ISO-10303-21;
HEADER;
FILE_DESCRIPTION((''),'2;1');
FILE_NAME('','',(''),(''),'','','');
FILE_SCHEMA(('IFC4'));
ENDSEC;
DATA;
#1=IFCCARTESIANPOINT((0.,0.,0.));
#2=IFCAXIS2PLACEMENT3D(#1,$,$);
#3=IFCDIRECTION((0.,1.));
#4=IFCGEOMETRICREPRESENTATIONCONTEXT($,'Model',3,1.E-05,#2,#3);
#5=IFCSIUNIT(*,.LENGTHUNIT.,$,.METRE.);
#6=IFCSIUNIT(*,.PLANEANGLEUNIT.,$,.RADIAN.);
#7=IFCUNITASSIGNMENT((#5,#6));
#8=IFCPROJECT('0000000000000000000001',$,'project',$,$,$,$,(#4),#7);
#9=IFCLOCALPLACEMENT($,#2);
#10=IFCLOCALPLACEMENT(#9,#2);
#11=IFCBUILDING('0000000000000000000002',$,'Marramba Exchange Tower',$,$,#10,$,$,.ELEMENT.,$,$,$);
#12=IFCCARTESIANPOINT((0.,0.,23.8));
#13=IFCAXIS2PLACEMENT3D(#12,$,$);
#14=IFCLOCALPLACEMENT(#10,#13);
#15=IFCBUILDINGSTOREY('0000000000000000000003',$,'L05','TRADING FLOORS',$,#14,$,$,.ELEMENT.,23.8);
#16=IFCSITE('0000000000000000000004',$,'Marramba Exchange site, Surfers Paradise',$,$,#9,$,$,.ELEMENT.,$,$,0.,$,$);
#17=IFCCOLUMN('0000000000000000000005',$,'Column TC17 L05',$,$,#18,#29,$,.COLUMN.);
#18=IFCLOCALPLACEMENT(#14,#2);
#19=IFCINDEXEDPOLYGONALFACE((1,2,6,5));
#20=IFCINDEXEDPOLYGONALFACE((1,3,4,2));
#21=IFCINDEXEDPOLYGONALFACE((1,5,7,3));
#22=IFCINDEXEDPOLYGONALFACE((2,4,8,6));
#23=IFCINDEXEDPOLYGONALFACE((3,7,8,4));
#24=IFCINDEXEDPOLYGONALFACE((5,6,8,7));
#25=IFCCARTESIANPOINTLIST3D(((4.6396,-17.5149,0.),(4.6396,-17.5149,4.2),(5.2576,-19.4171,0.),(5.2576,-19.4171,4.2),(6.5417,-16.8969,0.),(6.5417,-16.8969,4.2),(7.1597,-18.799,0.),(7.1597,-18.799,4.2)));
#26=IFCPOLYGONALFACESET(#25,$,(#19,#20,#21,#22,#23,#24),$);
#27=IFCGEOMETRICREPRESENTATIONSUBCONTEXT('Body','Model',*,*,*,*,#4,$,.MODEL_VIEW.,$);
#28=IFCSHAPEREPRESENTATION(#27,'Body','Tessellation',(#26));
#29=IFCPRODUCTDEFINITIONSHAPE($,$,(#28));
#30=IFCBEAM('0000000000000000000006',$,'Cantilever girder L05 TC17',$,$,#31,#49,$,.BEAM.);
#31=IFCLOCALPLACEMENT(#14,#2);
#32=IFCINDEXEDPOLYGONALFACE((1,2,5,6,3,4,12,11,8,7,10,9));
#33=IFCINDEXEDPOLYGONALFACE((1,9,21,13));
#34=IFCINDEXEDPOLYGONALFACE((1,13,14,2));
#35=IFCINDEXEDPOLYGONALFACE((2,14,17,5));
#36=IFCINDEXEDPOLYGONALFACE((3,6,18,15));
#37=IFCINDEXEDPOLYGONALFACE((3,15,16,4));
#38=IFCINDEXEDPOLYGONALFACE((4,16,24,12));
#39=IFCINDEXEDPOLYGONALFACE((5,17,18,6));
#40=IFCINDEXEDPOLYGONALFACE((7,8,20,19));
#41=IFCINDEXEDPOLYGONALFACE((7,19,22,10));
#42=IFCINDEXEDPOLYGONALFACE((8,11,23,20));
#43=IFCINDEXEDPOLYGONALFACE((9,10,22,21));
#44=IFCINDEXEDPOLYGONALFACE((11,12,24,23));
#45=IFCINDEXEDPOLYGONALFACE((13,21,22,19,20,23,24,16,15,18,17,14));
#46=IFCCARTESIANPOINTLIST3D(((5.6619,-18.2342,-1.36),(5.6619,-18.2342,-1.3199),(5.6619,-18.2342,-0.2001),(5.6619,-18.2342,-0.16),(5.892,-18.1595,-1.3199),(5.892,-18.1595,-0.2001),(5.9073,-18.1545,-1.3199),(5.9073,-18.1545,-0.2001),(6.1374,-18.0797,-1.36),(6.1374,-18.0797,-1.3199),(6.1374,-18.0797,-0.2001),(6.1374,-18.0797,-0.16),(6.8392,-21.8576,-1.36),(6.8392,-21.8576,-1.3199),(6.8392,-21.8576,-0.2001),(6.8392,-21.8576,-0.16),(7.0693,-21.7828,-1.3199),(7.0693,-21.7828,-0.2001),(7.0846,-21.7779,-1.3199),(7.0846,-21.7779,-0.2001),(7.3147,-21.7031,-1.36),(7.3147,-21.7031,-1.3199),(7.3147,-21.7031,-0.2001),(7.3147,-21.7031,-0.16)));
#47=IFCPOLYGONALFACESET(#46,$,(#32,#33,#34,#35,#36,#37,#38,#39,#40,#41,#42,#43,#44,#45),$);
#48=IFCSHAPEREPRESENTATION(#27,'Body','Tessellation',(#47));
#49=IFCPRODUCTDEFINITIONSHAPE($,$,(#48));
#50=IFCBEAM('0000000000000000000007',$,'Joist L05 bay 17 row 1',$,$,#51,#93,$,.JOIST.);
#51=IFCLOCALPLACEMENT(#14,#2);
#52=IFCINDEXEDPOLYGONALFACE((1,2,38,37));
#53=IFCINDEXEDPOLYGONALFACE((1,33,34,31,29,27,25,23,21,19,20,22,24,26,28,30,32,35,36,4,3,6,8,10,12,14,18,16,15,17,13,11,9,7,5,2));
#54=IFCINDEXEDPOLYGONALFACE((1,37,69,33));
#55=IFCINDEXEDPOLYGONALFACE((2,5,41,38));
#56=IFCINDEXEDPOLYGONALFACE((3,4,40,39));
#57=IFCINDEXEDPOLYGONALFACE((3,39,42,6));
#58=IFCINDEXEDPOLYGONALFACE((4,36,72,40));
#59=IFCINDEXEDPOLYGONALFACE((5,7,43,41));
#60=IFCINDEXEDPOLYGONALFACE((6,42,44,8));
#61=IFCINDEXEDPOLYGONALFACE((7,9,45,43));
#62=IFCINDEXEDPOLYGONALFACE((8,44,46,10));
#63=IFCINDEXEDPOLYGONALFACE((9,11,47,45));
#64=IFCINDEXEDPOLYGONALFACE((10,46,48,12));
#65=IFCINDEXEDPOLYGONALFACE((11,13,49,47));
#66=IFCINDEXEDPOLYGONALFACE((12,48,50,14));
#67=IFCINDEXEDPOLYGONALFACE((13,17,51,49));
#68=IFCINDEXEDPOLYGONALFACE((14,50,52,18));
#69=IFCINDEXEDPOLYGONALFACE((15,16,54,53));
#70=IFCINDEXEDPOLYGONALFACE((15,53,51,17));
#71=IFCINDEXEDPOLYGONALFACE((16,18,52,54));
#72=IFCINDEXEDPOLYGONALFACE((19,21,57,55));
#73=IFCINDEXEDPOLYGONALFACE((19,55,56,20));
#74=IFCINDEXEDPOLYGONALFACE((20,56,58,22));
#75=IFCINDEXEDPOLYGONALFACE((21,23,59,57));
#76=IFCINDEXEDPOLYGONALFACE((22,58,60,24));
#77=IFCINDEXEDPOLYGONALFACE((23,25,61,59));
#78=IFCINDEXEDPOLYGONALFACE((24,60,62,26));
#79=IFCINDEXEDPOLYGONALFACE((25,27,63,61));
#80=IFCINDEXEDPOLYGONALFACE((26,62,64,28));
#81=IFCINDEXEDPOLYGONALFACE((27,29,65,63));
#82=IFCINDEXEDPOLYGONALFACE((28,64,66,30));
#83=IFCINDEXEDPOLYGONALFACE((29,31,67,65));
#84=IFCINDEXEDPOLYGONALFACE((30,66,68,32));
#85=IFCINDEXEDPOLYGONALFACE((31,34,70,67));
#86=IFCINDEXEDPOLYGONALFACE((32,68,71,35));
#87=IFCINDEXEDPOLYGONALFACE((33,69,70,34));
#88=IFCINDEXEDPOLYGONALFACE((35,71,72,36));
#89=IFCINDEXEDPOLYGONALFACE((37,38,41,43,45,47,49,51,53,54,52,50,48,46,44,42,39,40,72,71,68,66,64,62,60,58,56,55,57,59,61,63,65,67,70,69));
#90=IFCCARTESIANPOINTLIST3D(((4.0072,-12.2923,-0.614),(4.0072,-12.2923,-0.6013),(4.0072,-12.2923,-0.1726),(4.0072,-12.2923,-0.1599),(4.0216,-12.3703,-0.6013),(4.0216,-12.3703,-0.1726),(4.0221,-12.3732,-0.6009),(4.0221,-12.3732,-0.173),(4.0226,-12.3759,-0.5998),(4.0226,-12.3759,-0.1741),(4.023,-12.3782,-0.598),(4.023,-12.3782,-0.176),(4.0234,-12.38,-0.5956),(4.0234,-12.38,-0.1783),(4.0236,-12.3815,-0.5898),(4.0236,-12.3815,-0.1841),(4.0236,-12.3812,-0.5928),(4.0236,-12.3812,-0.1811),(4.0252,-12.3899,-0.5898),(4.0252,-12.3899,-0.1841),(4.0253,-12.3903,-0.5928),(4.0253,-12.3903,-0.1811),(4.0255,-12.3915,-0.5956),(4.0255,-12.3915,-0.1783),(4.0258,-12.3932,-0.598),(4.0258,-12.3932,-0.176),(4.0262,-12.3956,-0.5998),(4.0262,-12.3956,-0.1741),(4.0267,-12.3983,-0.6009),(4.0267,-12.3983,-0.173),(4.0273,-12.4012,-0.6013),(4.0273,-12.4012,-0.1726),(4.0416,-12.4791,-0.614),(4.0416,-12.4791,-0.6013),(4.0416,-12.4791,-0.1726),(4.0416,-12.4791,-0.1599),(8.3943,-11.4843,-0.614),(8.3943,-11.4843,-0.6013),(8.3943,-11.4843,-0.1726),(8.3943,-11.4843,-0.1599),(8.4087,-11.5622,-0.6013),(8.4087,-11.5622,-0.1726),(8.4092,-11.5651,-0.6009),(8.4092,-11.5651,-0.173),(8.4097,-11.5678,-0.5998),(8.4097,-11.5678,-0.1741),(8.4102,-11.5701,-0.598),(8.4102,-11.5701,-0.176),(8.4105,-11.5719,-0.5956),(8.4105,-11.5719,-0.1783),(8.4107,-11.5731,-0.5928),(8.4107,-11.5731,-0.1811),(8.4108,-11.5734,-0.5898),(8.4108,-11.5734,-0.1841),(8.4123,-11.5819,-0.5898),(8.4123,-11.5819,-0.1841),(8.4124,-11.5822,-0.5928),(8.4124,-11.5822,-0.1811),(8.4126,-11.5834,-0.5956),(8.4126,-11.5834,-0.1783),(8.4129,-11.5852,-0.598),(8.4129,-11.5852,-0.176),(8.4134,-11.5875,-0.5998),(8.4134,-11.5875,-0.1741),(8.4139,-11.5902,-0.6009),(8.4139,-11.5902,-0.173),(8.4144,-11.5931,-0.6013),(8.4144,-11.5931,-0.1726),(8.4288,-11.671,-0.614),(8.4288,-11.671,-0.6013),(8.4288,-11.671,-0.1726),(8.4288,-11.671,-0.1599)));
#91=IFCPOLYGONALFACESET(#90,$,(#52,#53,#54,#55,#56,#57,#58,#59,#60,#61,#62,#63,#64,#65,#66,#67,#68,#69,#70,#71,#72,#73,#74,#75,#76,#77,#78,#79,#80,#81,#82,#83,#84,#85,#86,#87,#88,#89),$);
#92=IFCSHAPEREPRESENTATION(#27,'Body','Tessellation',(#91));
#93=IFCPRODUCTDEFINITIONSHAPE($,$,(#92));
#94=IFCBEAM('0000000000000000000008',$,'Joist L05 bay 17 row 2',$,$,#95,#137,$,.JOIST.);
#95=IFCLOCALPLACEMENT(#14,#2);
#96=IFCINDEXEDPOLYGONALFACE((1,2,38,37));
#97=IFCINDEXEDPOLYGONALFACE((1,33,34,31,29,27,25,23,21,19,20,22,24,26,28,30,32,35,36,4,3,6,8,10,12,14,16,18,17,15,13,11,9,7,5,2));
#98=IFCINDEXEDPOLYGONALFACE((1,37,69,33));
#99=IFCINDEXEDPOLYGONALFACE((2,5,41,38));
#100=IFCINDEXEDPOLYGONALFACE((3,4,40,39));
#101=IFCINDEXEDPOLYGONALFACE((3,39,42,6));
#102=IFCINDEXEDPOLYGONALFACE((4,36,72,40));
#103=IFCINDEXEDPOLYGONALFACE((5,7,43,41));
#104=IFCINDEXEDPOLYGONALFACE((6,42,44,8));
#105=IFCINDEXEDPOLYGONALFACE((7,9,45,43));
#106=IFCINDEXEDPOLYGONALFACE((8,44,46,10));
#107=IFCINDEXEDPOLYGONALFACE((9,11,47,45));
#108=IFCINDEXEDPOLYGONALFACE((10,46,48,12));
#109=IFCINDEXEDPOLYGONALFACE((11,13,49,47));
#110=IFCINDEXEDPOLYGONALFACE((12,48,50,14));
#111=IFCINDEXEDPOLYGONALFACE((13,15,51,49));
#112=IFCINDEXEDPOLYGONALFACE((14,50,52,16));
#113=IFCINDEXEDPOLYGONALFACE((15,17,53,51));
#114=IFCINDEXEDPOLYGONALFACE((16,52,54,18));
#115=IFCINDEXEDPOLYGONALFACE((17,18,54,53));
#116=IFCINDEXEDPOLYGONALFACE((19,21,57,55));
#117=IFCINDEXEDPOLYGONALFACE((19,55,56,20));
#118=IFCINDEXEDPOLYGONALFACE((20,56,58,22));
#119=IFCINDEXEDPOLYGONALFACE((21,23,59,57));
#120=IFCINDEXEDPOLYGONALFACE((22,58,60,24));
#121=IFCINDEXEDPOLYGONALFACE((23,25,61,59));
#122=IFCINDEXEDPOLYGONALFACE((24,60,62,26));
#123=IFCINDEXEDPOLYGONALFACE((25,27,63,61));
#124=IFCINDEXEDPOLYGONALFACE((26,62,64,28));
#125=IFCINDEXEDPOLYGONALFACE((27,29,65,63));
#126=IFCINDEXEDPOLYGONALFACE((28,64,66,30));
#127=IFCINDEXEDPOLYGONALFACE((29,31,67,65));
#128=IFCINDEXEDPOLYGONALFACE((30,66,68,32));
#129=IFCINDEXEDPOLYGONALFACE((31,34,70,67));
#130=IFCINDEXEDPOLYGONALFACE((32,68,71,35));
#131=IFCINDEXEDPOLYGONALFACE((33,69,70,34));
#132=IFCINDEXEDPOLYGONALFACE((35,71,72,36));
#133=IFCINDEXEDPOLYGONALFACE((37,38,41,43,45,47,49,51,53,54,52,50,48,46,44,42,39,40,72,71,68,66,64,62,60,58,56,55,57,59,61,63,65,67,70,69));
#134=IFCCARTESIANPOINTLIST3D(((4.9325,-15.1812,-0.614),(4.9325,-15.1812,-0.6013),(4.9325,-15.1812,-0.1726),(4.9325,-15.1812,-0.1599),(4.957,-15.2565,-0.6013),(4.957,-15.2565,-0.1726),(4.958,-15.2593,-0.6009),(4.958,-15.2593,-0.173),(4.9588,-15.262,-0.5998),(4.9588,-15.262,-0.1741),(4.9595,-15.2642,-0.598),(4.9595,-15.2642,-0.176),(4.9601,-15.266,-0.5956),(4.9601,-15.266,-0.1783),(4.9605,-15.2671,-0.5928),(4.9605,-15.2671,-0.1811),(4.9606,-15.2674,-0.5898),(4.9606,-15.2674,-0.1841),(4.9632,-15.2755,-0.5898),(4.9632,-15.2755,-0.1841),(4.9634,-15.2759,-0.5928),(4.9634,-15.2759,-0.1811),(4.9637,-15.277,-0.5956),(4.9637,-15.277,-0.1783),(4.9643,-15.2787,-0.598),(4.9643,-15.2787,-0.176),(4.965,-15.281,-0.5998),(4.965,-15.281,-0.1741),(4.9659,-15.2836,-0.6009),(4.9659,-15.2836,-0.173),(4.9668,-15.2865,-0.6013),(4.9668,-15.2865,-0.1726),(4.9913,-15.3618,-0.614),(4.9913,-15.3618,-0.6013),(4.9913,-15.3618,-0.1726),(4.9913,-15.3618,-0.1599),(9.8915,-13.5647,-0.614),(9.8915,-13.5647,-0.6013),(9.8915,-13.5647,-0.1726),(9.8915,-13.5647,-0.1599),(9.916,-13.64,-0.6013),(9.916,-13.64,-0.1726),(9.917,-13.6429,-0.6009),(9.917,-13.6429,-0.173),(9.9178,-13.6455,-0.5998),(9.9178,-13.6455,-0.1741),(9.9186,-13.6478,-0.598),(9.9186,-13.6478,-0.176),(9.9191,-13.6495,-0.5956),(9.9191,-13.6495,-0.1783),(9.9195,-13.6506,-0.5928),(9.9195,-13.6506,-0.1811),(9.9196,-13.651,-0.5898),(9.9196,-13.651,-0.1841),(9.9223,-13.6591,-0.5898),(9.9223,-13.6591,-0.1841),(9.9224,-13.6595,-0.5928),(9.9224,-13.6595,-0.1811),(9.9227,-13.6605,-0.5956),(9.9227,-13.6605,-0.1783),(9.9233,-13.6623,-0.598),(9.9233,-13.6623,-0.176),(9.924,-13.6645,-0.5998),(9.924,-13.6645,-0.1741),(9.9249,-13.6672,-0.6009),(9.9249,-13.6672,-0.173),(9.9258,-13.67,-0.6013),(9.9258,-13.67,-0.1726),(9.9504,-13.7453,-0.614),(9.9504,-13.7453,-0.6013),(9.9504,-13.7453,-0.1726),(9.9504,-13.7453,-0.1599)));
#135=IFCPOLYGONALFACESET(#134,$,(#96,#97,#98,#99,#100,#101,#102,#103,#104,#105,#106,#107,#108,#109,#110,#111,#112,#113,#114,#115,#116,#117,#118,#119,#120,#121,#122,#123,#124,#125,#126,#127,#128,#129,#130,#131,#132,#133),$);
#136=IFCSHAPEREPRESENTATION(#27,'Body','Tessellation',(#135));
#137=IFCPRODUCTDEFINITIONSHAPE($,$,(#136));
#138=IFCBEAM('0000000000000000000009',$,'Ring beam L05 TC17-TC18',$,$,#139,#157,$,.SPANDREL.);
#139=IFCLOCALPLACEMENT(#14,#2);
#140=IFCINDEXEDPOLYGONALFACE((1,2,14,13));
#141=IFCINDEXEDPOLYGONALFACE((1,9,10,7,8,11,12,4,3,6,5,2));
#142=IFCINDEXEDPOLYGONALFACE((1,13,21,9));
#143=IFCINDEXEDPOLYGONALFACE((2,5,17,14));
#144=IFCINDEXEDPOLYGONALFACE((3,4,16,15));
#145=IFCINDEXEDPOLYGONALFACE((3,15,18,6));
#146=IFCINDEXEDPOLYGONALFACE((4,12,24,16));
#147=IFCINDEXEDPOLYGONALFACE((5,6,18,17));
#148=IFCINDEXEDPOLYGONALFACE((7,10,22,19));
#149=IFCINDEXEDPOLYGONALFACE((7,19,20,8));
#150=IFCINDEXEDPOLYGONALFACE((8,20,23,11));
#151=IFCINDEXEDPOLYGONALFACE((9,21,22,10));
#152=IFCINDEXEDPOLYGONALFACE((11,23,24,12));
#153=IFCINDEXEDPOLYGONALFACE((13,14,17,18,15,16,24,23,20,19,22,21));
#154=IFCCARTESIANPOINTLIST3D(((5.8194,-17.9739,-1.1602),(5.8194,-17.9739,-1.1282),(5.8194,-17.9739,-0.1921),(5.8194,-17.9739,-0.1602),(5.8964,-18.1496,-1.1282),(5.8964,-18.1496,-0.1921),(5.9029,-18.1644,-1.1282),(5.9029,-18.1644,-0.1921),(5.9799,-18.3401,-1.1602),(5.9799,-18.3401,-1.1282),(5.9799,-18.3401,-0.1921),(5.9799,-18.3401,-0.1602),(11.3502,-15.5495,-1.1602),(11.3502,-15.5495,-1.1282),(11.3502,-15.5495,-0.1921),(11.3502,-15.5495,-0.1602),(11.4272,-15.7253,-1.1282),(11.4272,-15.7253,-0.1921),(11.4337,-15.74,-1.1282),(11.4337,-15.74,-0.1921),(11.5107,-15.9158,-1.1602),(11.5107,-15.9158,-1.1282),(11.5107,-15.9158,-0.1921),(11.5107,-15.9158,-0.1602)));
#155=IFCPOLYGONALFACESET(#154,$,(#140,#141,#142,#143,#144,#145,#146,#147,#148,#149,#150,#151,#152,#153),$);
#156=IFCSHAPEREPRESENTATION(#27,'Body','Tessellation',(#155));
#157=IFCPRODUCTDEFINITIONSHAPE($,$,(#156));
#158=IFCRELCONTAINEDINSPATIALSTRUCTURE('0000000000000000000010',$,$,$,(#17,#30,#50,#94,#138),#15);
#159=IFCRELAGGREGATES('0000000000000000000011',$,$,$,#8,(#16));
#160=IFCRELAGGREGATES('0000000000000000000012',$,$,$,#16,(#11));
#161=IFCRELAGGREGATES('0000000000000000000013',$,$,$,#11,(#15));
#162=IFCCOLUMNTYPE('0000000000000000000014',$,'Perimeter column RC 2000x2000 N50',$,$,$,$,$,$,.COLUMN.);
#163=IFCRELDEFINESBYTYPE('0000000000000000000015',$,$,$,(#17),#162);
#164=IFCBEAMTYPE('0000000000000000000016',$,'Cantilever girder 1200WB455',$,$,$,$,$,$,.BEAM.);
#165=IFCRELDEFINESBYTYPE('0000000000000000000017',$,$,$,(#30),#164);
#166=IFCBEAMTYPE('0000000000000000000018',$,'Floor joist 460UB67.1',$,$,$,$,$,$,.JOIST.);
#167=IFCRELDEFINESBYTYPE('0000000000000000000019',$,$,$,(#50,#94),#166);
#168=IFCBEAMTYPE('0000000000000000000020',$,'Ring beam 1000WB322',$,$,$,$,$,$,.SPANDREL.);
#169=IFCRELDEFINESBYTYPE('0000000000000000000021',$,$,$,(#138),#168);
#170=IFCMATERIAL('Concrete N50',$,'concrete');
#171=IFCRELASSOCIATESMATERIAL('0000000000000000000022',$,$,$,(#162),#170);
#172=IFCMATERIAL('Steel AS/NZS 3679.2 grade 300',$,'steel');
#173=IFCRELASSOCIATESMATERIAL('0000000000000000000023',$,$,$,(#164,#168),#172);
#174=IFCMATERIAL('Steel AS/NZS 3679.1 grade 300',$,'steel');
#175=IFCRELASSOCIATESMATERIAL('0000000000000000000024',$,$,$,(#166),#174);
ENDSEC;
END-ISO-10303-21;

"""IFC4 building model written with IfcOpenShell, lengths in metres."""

from ifc_helpers import new_model, si_unit, direction, frame, origin, origin_2d, place, context, subcontext, project, spatial, rectangle, i_section, extrude, material, material_profile, profile_set, type_object, element, save


model = new_model("IFC4")

# Units and contexts
model_context = context("Model", 3, precision=1e-05, world=origin(), true_north=direction((0.0, 1.0)))
body_context = subcontext(model_context, "Body", "Model", "MODEL_VIEW")
ifc_project = project(units=[si_unit("LENGTHUNIT", "METRE"), si_unit("PLANEANGLEUNIT", "RADIAN")], contexts=[model_context])

# Site, building, storey
site_placement = place(None, origin())
site = spatial("IfcSite", under=ifc_project, at=site_placement, Name="Marramba Exchange site, Surfers Paradise", CompositionType="ELEMENT", RefElevation=0.0)
building_placement = place(site_placement, origin())
building = spatial("IfcBuilding", under=site, at=building_placement, Name="Marramba Exchange Tower", CompositionType="ELEMENT")
storey_placement = place(building_placement, frame((0.0, 0.0, 23.8)))
storey = spatial("IfcBuildingStorey", under=building, at=storey_placement, Name="L05", Description="TRADING FLOORS", CompositionType="ELEMENT", Elevation=23.8)

# Column
ifc_material_1 = material(Name="Concrete N50", Category="concrete")
ifc_material_profile_1 = material_profile(ifc_material_1, rectangle(XDim=2.0, YDim=2.0, at=origin_2d()), Name="RC 2000x2000")
ifc_profile_set_1 = profile_set([ifc_material_profile_1], Name="Concrete N50")
column_type = type_object("IfcColumnType", Name="Perimeter column RC 2000x2000 N50", PredefinedType="COLUMN", material=ifc_profile_set_1)
column_placement = place(storey_placement, frame((5.8997, -18.157, 0.0), z_axis=(0.0, 0.0, 1.0), x_axis=(0.309017, -0.951057, 0.0)))
element("IfcColumn", 1, at=column_placement, inside=storey, type_object=column_type, Name="Column TC17 L05", PredefinedType="COLUMN", context=body_context, shape_type="SweptSolid", body=[
    extrude(rectangle(XDim=2.0, YDim=2.0, at=origin_2d()), origin(), (0.0, 0.0, 1.0), 4.2),
])

# Beams
ifc_material_2 = material(Name="Steel AS/NZS 3679.2 grade 300", Category="steel")
ifc_material_profile_2 = material_profile(ifc_material_2, i_section(OverallWidth=0.5, OverallDepth=1.2, WebThickness=0.0161, FlangeThickness=0.04, at=origin_2d()), Name="1200WB455")
ifc_profile_set_2 = profile_set([ifc_material_profile_2], Name="Steel AS/NZS 3679.2 grade 300")
beam_type_1 = type_object("IfcBeamType", Name="Cantilever girder 1200WB455", PredefinedType="BEAM", material=ifc_profile_set_2)
beam_1_placement = place(storey_placement, frame((5.8997, -18.157, -0.76), z_axis=(0.309009, -0.951059, 0.0), x_axis=(0.951059, 0.309009, 0.0)))
element("IfcBeam", 2, at=beam_1_placement, inside=storey, type_object=beam_type_1, Name="Cantilever girder L05 TC17", PredefinedType="BEAM", context=body_context, shape_type="SweptSolid", body=[
    extrude(i_section(OverallWidth=0.5, OverallDepth=1.2, WebThickness=0.0161, FlangeThickness=0.04, at=origin_2d()), origin(), (0.0, 0.0, 1.0), 3.8098),
])
ifc_material_3 = material(Name="Steel AS/NZS 3679.1 grade 300", Category="steel")
ifc_material_profile_3 = material_profile(ifc_material_3, i_section(OverallWidth=0.1899, OverallDepth=0.4541, WebThickness=0.0085, FlangeThickness=0.0127, FilletRadius=0.0115, at=origin_2d()), Name="460UB67.1")
ifc_profile_set_3 = profile_set([ifc_material_profile_3], Name="Steel AS/NZS 3679.1 grade 300")
beam_type_2 = type_object("IfcBeamType", Name="Floor joist 460UB67.1", PredefinedType="JOIST", material=ifc_profile_set_3)
beam_2_placement = place(storey_placement, frame((4.0244, -12.3857, -0.387), z_axis=(0.983456, 0.181149, 0.0), x_axis=(-0.181149, 0.983456, 0.0)))
element("IfcBeam", 3, at=beam_2_placement, inside=storey, type_object=beam_type_2, Name="Joist L05 bay 17 row 1", PredefinedType="JOIST", context=body_context, shape_type="SweptSolid", body=[
    extrude(i_section(OverallWidth=0.1899, OverallDepth=0.4541, WebThickness=0.0085, FlangeThickness=0.0127, FilletRadius=0.0115, at=origin_2d()), origin(), (0.0, 0.0, 1.0), 4.4609),
])
beam_3_placement = place(storey_placement, frame((4.9619, -15.2715, -0.387), z_axis=(0.950764, 0.309916, 0.0), x_axis=(-0.309916, 0.950764, 0.0)))
element("IfcBeam", 4, at=beam_3_placement, inside=storey, type_object=beam_type_2, Name="Joist L05 bay 17 row 2", PredefinedType="JOIST", context=body_context, shape_type="SweptSolid", body=[
    extrude(i_section(OverallWidth=0.1899, OverallDepth=0.4541, WebThickness=0.0085, FlangeThickness=0.0127, FilletRadius=0.0115, at=origin_2d()), origin(), (0.0, 0.0, 1.0), 5.2158),
])
ifc_material_profile_4 = material_profile(ifc_material_2, i_section(OverallWidth=0.3999, OverallDepth=1.0, WebThickness=0.0161, FlangeThickness=0.032, at=origin_2d()), Name="1000WB322")
ifc_profile_set_4 = profile_set([ifc_material_profile_4], Name="Steel AS/NZS 3679.2 grade 300")
beam_type_3 = type_object("IfcBeamType", Name="Ring beam 1000WB322", PredefinedType="SPANDREL", material=ifc_profile_set_4)
beam_4_placement = place(storey_placement, frame((5.8997, -18.157, -0.6602), z_axis=(0.915877, 0.401459, 0.0), x_axis=(-0.401459, 0.915877, 0.0)))
element("IfcBeam", 5, at=beam_4_placement, inside=storey, type_object=beam_type_3, Name="Ring beam L05 TC17-TC18", PredefinedType="SPANDREL", context=body_context, shape_type="SweptSolid", body=[
    extrude(i_section(OverallWidth=0.3999, OverallDepth=1.0, WebThickness=0.0161, FlangeThickness=0.032, at=origin_2d()), origin(), (0.0, 0.0, 1.0), 6.0388),
])

save(model, "model.ifc")
